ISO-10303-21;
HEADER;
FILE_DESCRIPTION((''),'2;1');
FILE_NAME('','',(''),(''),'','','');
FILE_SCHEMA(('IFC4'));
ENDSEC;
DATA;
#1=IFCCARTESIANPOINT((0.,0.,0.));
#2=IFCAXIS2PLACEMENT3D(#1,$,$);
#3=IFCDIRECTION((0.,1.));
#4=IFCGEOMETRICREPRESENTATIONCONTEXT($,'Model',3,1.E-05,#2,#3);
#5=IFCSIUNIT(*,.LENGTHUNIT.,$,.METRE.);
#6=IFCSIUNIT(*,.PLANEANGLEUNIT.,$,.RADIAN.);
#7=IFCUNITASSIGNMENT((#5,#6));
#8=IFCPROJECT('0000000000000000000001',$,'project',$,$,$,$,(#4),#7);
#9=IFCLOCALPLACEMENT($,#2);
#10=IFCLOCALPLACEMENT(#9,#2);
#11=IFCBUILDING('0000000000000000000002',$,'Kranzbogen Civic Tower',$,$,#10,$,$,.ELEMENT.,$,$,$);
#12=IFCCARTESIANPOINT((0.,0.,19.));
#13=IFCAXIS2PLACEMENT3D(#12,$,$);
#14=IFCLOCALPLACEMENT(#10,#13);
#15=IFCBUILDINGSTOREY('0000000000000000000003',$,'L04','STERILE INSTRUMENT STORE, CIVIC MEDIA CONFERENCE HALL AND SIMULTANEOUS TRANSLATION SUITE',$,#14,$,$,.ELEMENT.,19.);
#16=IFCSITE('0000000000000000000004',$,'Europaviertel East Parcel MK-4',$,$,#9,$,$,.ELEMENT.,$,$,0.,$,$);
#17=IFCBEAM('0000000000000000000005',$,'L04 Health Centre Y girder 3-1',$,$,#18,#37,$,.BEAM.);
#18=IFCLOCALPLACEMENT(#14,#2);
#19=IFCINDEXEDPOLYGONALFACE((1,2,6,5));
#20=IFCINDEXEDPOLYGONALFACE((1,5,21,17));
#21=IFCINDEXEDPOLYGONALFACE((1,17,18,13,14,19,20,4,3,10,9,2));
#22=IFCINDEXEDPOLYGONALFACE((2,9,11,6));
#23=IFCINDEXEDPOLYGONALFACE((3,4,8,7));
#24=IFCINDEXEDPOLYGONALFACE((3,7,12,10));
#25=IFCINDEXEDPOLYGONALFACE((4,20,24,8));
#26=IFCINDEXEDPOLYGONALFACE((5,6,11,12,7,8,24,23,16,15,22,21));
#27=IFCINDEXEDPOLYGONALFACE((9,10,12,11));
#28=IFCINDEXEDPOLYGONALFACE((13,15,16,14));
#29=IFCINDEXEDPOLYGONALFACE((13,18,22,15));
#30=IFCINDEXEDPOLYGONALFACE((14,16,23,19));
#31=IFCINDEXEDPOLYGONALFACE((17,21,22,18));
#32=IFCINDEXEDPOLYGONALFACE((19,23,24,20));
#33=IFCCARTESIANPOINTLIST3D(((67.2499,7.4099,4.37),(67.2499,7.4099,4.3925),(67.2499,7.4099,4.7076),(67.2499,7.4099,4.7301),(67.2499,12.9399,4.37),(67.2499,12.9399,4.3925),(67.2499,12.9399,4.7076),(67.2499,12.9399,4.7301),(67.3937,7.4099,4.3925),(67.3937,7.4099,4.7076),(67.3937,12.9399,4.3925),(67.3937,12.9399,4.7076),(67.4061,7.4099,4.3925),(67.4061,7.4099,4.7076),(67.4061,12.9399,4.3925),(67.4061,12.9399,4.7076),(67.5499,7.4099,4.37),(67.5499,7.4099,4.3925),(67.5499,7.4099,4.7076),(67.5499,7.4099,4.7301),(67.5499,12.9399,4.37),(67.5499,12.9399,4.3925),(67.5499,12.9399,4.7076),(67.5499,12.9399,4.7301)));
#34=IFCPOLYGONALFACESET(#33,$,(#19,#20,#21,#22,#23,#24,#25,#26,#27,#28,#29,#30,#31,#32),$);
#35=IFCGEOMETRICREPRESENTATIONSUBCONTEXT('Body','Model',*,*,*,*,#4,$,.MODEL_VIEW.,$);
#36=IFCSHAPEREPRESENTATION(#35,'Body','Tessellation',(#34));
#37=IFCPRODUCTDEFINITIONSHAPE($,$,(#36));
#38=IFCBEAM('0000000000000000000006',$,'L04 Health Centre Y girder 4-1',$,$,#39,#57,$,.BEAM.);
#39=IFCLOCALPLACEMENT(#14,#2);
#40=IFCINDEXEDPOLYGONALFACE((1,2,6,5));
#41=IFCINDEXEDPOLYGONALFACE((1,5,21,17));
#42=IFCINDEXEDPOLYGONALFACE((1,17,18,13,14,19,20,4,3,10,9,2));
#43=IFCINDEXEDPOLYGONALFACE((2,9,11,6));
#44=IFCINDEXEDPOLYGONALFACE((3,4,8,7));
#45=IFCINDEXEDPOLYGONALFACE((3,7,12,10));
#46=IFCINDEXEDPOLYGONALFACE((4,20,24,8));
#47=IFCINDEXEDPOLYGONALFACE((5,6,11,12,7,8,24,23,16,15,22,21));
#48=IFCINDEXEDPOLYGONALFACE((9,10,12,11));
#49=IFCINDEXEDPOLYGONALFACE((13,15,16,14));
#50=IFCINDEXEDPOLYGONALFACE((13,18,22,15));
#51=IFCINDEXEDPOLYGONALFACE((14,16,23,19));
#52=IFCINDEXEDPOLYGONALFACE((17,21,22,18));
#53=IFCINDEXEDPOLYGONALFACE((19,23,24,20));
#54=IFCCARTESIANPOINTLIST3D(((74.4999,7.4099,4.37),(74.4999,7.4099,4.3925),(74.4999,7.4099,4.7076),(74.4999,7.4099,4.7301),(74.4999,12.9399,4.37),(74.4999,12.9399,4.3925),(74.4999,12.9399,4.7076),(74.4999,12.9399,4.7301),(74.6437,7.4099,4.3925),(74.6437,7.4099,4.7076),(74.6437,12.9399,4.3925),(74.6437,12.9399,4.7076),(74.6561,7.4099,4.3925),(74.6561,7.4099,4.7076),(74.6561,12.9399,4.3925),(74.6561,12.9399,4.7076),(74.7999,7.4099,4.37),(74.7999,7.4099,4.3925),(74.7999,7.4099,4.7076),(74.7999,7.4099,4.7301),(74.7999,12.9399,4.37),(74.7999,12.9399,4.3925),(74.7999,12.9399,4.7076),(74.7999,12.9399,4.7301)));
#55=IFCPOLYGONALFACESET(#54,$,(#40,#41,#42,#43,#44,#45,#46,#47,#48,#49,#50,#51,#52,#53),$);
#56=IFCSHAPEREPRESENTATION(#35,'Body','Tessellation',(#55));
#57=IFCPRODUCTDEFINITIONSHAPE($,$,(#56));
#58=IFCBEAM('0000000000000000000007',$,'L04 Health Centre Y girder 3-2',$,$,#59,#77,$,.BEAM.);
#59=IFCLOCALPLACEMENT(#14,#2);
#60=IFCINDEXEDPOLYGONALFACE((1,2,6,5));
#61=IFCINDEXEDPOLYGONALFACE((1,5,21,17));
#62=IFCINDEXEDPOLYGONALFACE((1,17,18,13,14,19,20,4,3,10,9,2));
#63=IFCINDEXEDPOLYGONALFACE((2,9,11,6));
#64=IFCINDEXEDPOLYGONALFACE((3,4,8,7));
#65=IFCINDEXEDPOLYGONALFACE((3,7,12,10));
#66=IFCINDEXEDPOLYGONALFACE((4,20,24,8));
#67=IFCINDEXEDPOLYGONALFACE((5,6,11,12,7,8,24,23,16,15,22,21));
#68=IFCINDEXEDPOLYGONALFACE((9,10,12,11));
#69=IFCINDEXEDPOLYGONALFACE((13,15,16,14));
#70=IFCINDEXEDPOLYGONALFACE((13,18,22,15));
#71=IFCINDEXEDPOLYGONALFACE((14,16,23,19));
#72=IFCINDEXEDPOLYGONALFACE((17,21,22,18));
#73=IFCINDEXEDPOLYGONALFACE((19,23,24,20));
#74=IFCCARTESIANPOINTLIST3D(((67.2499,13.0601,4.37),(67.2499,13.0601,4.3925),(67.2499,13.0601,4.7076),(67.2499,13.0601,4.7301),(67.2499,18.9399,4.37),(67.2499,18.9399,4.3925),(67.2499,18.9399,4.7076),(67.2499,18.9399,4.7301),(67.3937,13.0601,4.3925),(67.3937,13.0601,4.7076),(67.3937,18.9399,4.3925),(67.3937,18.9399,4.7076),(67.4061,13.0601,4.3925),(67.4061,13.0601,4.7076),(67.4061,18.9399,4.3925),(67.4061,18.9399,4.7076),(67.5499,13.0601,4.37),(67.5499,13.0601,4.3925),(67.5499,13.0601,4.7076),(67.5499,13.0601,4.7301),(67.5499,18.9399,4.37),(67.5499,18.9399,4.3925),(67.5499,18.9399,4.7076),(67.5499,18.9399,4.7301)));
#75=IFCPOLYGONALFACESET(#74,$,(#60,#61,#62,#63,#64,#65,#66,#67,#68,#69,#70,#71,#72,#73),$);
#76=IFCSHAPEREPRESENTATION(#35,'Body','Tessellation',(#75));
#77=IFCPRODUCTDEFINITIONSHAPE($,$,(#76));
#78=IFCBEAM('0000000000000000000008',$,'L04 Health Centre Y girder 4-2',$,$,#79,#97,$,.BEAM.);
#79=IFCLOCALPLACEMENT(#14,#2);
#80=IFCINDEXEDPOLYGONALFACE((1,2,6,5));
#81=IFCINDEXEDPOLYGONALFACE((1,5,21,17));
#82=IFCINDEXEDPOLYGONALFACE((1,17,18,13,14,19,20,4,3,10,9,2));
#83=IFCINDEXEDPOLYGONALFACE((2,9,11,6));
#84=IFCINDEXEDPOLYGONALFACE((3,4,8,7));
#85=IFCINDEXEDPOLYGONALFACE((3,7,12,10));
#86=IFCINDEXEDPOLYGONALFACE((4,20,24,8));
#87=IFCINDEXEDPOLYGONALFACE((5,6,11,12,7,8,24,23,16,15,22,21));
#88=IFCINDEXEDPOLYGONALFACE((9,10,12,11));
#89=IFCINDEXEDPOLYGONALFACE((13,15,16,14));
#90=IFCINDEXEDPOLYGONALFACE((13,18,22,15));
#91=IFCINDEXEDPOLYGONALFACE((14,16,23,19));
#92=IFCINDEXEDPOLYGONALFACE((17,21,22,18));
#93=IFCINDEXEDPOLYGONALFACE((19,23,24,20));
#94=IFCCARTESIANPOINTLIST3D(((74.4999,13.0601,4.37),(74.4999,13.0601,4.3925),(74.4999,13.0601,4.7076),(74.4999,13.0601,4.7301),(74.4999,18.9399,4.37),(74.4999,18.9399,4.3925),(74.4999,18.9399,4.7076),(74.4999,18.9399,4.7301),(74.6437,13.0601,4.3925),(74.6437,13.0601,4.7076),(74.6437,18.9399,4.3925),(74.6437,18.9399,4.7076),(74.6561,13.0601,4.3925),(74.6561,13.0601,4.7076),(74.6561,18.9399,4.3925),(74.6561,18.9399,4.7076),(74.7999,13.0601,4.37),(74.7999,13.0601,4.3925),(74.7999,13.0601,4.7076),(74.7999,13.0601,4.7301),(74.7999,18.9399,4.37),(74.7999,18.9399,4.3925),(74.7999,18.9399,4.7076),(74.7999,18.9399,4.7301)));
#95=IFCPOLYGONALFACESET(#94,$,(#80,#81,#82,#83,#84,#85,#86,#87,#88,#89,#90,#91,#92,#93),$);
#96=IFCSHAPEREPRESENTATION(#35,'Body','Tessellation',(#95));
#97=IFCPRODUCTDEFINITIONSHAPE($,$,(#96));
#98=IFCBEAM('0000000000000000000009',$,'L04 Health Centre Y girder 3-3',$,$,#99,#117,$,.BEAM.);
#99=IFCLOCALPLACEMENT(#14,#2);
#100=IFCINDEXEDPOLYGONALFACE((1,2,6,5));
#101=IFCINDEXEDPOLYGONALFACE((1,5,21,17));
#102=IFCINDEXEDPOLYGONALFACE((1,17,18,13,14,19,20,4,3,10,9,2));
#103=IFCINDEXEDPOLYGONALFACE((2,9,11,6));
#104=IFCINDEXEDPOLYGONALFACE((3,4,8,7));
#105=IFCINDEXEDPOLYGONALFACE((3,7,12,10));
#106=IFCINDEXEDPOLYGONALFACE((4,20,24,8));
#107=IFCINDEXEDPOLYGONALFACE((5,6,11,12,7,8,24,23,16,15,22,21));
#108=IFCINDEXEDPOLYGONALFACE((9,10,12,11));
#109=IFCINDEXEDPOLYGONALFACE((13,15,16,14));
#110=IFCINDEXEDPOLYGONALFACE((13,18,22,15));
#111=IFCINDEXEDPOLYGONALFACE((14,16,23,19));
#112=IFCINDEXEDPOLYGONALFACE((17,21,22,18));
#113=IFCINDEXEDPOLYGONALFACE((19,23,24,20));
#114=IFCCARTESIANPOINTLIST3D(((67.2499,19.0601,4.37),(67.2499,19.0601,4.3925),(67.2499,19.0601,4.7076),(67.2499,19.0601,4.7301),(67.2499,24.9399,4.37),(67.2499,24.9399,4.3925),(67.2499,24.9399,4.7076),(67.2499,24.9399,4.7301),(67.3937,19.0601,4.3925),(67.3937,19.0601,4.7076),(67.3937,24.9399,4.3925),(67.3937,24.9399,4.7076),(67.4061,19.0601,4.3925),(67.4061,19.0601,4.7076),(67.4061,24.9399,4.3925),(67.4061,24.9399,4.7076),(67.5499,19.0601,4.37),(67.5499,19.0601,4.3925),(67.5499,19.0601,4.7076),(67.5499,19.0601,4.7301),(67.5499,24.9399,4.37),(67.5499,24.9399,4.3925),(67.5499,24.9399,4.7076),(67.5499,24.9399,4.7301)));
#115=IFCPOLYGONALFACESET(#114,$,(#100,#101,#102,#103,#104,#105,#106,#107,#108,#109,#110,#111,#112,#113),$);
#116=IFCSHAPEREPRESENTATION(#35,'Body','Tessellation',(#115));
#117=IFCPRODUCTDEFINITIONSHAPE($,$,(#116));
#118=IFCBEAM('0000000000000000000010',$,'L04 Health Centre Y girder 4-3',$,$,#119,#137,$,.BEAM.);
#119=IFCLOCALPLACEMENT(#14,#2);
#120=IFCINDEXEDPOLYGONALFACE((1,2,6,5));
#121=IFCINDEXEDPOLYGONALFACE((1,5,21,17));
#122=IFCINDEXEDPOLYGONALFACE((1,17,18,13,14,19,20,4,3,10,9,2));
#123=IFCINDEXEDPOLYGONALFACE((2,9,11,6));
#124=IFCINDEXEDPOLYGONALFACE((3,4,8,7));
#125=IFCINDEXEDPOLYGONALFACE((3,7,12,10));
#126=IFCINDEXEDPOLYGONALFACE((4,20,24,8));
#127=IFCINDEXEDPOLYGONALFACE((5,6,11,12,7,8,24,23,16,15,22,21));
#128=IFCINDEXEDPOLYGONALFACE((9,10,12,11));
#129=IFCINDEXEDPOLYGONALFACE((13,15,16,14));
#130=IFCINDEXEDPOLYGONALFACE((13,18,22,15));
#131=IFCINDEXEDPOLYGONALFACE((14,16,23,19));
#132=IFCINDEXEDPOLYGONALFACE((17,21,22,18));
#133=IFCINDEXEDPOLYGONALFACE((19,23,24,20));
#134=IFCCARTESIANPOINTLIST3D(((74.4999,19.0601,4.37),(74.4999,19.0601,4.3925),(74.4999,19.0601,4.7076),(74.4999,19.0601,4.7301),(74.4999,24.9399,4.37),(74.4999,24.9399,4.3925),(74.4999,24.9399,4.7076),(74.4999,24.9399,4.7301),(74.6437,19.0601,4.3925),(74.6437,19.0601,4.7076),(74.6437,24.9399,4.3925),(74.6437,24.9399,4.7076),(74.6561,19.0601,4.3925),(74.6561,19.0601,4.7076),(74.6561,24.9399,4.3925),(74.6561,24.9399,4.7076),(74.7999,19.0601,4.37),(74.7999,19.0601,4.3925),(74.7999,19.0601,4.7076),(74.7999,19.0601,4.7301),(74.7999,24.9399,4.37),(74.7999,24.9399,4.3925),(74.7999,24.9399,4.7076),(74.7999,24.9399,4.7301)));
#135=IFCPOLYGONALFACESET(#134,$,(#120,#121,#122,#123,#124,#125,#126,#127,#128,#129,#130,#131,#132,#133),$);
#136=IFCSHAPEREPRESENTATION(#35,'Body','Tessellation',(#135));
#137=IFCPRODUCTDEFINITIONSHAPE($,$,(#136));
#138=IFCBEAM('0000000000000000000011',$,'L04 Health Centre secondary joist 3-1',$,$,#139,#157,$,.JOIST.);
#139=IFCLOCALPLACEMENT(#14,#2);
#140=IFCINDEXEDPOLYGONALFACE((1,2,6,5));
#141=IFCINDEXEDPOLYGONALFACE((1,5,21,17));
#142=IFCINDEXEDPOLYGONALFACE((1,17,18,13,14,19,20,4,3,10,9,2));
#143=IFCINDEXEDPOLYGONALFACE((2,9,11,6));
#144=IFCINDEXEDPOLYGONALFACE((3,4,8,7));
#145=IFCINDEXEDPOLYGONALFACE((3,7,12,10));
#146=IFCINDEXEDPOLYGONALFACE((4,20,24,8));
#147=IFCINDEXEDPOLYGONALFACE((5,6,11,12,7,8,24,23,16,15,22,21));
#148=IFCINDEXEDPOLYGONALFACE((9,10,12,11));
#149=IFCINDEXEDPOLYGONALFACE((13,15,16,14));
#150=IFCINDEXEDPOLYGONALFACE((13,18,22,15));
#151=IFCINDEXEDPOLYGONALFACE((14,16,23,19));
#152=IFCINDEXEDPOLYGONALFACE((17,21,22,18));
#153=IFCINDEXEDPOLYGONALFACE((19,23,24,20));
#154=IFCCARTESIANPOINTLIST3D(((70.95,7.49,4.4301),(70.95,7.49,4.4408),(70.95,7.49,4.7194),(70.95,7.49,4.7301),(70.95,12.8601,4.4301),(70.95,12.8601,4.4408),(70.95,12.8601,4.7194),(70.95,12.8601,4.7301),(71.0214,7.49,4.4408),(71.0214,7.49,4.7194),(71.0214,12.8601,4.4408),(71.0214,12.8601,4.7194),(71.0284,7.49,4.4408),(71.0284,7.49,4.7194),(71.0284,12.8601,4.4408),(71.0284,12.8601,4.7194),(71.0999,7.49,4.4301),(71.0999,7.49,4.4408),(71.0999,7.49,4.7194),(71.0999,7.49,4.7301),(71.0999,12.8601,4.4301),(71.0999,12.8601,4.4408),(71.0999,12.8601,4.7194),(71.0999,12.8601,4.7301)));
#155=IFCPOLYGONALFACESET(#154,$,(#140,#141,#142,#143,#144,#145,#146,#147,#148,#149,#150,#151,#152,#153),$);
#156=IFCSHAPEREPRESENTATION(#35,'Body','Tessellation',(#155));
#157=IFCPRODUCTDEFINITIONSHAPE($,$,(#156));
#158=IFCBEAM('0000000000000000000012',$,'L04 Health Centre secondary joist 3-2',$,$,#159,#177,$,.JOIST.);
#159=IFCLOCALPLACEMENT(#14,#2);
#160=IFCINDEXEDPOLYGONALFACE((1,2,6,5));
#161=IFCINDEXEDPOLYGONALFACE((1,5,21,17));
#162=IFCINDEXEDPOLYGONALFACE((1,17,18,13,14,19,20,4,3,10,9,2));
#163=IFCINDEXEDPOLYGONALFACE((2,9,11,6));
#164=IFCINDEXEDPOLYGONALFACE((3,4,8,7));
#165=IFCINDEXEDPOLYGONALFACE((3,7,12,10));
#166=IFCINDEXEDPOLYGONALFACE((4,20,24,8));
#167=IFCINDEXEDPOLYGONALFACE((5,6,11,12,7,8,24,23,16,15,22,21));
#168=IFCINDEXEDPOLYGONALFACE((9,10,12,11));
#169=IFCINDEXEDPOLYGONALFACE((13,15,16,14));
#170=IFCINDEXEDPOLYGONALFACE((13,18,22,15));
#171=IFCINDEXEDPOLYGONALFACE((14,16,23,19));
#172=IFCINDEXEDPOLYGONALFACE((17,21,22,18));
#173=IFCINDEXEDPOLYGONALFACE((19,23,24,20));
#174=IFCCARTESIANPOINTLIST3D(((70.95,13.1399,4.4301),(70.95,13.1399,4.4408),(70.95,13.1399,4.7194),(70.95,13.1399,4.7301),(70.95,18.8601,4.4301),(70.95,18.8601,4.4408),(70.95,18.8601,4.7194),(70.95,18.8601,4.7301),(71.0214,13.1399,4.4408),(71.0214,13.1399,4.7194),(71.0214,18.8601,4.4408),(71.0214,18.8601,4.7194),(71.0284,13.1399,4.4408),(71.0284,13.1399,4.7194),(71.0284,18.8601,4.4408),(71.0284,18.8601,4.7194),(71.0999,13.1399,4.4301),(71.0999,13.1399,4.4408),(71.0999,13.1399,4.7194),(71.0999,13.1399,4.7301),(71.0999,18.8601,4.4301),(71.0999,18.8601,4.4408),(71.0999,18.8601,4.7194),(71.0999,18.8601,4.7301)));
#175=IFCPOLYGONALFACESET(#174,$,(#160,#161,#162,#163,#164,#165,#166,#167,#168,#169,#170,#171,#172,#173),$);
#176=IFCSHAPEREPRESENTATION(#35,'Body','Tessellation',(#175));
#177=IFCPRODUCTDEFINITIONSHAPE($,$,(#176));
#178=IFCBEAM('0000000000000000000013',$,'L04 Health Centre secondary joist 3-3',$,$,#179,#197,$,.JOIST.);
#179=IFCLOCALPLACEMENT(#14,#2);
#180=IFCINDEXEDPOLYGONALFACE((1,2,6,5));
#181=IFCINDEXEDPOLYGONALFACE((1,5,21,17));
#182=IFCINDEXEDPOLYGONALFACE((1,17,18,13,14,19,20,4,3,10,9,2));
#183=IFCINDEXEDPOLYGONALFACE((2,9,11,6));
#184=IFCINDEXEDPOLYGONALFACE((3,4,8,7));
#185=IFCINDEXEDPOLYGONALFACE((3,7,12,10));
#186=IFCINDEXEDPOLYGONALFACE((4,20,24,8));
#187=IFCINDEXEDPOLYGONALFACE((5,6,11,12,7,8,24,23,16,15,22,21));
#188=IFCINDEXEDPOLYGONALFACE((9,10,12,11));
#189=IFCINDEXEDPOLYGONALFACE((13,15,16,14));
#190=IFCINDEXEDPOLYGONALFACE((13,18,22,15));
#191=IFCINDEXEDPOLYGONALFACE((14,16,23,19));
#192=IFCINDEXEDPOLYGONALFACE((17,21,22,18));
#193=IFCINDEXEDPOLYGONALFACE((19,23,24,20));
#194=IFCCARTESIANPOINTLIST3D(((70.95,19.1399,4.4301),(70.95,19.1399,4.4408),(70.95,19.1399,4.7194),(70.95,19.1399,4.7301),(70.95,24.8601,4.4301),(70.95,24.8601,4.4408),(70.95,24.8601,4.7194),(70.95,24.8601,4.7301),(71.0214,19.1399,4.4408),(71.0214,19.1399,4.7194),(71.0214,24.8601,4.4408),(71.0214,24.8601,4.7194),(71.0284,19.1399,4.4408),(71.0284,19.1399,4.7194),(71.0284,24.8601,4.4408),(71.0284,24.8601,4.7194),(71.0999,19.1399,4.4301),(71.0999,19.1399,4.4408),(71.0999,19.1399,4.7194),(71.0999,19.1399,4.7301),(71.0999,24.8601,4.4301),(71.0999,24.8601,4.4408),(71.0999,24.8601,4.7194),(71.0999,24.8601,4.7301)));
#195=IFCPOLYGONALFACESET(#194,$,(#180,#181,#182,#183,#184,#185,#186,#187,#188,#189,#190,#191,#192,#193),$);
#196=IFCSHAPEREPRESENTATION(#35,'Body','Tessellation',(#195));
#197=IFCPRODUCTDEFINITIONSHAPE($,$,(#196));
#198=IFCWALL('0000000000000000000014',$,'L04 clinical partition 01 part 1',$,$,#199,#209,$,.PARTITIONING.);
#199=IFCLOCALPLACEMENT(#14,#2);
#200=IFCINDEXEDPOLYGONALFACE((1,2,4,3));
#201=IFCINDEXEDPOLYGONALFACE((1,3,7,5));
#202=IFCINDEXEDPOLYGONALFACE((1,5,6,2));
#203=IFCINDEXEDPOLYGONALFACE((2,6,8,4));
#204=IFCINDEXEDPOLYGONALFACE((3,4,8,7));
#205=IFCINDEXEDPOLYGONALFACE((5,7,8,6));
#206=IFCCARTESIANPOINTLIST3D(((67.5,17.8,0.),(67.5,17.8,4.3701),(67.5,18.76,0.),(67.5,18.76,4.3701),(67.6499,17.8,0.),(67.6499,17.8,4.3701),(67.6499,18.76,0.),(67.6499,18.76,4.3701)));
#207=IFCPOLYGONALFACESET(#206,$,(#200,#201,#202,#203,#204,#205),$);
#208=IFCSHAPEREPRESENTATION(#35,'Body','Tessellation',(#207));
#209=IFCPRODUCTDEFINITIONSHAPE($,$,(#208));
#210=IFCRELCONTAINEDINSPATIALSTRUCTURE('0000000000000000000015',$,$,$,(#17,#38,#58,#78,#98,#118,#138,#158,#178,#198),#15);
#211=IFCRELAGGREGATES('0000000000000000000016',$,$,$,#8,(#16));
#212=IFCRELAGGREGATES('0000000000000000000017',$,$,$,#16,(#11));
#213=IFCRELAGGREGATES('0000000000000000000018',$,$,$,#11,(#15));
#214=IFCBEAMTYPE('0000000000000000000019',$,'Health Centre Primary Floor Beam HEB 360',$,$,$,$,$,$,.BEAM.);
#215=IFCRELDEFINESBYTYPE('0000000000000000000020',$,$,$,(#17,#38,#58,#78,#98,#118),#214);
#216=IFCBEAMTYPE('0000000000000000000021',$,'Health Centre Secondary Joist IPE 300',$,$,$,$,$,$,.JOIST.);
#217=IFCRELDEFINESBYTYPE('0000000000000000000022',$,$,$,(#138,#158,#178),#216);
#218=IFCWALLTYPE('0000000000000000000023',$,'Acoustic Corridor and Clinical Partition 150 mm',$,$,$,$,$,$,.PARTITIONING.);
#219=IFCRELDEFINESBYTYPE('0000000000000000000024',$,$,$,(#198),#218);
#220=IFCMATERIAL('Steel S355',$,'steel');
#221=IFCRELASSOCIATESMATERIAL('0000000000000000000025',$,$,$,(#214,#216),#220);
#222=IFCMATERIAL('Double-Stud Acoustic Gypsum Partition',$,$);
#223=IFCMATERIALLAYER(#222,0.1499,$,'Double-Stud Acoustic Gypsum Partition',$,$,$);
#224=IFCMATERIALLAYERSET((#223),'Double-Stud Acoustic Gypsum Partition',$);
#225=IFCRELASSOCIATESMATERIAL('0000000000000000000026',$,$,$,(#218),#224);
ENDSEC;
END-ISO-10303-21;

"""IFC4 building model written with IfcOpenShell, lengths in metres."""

from ifc_helpers import new_model, si_unit, direction, frame, frame_2d, origin, origin_2d, place, context, subcontext, project, spatial, rectangle, i_section, extrude, material, layer, layer_set, material_profile, profile_set, type_object, element, save


model = new_model("IFC4")

# Units and contexts
model_context = context("Model", 3, precision=1e-05, world=origin(), true_north=direction((0.0, 1.0)))
body_context = subcontext(model_context, "Body", "Model", "MODEL_VIEW")
ifc_project = project(units=[si_unit("LENGTHUNIT", "METRE"), si_unit("PLANEANGLEUNIT", "RADIAN")], contexts=[model_context])

# Site, building, storey
site_placement = place(None, origin())
site = spatial("IfcSite", under=ifc_project, at=site_placement, Name="Europaviertel East Parcel MK-4", CompositionType="ELEMENT", RefElevation=0.0)
building_placement = place(site_placement, origin())
building = spatial("IfcBuilding", under=site, at=building_placement, Name="Kranzbogen Civic Tower", CompositionType="ELEMENT")
storey_placement = place(building_placement, frame((0.0, 0.0, 19.0)))
storey = spatial("IfcBuildingStorey", under=building, at=storey_placement, Name="L04", Description="STERILE INSTRUMENT STORE, CIVIC MEDIA CONFERENCE HALL AND SIMULTANEOUS TRANSLATION SUITE", CompositionType="ELEMENT", Elevation=19.0)

# Shared definitions
ifc_material_1 = material(Name="Steel S355", Category="steel")

# Beams
ifc_material_profile_1 = material_profile(ifc_material_1, i_section(OverallWidth=0.3, OverallDepth=0.3601, WebThickness=0.0125, FlangeThickness=0.0225, at=origin_2d()), Name="HEB 360")
ifc_profile_set_1 = profile_set([ifc_material_profile_1], Name="Steel S355")
beam_type_1 = type_object("IfcBeamType", Name="Health Centre Primary Floor Beam HEB 360", PredefinedType="BEAM", material=ifc_profile_set_1)
for number, where, z_axis, x_axis, name in (
    (1, (67.3999, 7.4099, 4.55), (0.0, 1.0, 0.0), (-1.0, 0.0, 0.0), "L04 Health Centre Y girder 3-1"),
    (2, (74.6499, 7.4099, 4.55), (0.0, 1.0, 0.0), (-1.0, 0.0, 0.0), "L04 Health Centre Y girder 4-1"),
):
    element("IfcBeam", number, at=place(storey_placement, frame(where, z_axis=z_axis, x_axis=x_axis)), inside=storey, type_object=beam_type_1, Name=name, PredefinedType="BEAM", context=body_context, shape_type="SweptSolid", body=[
        extrude(i_section(OverallWidth=0.3, OverallDepth=0.3601, WebThickness=0.0125, FlangeThickness=0.0225, at=origin_2d()), origin(), (0.0, 0.0, 1.0), 5.53),
    ])
for number, where, z_axis, x_axis, name in (
    (3, (67.3999, 13.0601, 4.55), (0.0, 1.0, 0.0), (-1.0, 0.0, 0.0), "L04 Health Centre Y girder 3-2"),
    (4, (74.6499, 13.0601, 4.55), (0.0, 1.0, 0.0), (-1.0, 0.0, 0.0), "L04 Health Centre Y girder 4-2"),
    (5, (67.3999, 19.0601, 4.55), (0.0, 1.0, 0.0), (-1.0, 0.0, 0.0), "L04 Health Centre Y girder 3-3"),
    (6, (74.6499, 19.0601, 4.55), (0.0, 1.0, 0.0), (-1.0, 0.0, 0.0), "L04 Health Centre Y girder 4-3"),
):
    element("IfcBeam", number, at=place(storey_placement, frame(where, z_axis=z_axis, x_axis=x_axis)), inside=storey, type_object=beam_type_1, Name=name, PredefinedType="BEAM", context=body_context, shape_type="SweptSolid", body=[
        extrude(i_section(OverallWidth=0.3, OverallDepth=0.3601, WebThickness=0.0125, FlangeThickness=0.0225, at=origin_2d()), origin(), (0.0, 0.0, 1.0), 5.8799),
    ])
ifc_material_profile_2 = material_profile(ifc_material_1, i_section(OverallWidth=0.1499, OverallDepth=0.3, WebThickness=0.0071, FlangeThickness=0.0107, at=origin_2d()), Name="IPE 300")
ifc_profile_set_2 = profile_set([ifc_material_profile_2], Name="Steel S355")
beam_type_2 = type_object("IfcBeamType", Name="Health Centre Secondary Joist IPE 300", PredefinedType="JOIST", material=ifc_profile_set_2)
beam_placement = place(storey_placement, frame((71.0249, 7.49, 4.5801), z_axis=(0.0, 1.0, 0.0), x_axis=(-1.0, 0.0, 0.0)))
element("IfcBeam", 7, at=beam_placement, inside=storey, type_object=beam_type_2, Name="L04 Health Centre secondary joist 3-1", PredefinedType="JOIST", context=body_context, shape_type="SweptSolid", body=[
    extrude(i_section(OverallWidth=0.1499, OverallDepth=0.3, WebThickness=0.0071, FlangeThickness=0.0107, at=origin_2d()), origin(), (0.0, 0.0, 1.0), 5.3701),
])
for number, where, z_axis, x_axis, name in (
    (8, (71.0249, 13.1399, 4.5801), (0.0, 1.0, 0.0), (-1.0, 0.0, 0.0), "L04 Health Centre secondary joist 3-2"),
    (9, (71.0249, 19.1399, 4.5801), (0.0, 1.0, 0.0), (-1.0, 0.0, 0.0), "L04 Health Centre secondary joist 3-3"),
):
    element("IfcBeam", number, at=place(storey_placement, frame(where, z_axis=z_axis, x_axis=x_axis)), inside=storey, type_object=beam_type_2, Name=name, PredefinedType="JOIST", context=body_context, shape_type="SweptSolid", body=[
        extrude(i_section(OverallWidth=0.1499, OverallDepth=0.3, WebThickness=0.0071, FlangeThickness=0.0107, at=origin_2d()), origin(), (0.0, 0.0, 1.0), 5.7202),
    ])

# Wall
ifc_material_2 = material(Name="Double-Stud Acoustic Gypsum Partition")
ifc_layer_1 = layer(ifc_material_2, 0.1499, Name="Double-Stud Acoustic Gypsum Partition")
ifc_layer_set_1 = layer_set([ifc_layer_1], Name="Double-Stud Acoustic Gypsum Partition")
wall_type_1 = type_object("IfcWallType", Name="Acoustic Corridor and Clinical Partition 150 mm", PredefinedType="PARTITIONING", material=ifc_layer_set_1)
wall_1_placement = place(storey_placement, frame((67.575, 17.8, 0.0), z_axis=(0.0, 0.0, 1.0), x_axis=(0.0, 1.0, 0.0)))
element("IfcWall", 10, at=wall_1_placement, inside=storey, type_object=wall_type_1, Name="L04 clinical partition 01 part 1", PredefinedType="PARTITIONING", context=body_context, shape_type="SweptSolid", body=[
    extrude(rectangle(XDim=0.96, YDim=0.1499, at=frame_2d((0.48, 0.0))), origin(), (0.0, 0.0, 1.0), 4.3701),
])

save(model, "model.ifc")
